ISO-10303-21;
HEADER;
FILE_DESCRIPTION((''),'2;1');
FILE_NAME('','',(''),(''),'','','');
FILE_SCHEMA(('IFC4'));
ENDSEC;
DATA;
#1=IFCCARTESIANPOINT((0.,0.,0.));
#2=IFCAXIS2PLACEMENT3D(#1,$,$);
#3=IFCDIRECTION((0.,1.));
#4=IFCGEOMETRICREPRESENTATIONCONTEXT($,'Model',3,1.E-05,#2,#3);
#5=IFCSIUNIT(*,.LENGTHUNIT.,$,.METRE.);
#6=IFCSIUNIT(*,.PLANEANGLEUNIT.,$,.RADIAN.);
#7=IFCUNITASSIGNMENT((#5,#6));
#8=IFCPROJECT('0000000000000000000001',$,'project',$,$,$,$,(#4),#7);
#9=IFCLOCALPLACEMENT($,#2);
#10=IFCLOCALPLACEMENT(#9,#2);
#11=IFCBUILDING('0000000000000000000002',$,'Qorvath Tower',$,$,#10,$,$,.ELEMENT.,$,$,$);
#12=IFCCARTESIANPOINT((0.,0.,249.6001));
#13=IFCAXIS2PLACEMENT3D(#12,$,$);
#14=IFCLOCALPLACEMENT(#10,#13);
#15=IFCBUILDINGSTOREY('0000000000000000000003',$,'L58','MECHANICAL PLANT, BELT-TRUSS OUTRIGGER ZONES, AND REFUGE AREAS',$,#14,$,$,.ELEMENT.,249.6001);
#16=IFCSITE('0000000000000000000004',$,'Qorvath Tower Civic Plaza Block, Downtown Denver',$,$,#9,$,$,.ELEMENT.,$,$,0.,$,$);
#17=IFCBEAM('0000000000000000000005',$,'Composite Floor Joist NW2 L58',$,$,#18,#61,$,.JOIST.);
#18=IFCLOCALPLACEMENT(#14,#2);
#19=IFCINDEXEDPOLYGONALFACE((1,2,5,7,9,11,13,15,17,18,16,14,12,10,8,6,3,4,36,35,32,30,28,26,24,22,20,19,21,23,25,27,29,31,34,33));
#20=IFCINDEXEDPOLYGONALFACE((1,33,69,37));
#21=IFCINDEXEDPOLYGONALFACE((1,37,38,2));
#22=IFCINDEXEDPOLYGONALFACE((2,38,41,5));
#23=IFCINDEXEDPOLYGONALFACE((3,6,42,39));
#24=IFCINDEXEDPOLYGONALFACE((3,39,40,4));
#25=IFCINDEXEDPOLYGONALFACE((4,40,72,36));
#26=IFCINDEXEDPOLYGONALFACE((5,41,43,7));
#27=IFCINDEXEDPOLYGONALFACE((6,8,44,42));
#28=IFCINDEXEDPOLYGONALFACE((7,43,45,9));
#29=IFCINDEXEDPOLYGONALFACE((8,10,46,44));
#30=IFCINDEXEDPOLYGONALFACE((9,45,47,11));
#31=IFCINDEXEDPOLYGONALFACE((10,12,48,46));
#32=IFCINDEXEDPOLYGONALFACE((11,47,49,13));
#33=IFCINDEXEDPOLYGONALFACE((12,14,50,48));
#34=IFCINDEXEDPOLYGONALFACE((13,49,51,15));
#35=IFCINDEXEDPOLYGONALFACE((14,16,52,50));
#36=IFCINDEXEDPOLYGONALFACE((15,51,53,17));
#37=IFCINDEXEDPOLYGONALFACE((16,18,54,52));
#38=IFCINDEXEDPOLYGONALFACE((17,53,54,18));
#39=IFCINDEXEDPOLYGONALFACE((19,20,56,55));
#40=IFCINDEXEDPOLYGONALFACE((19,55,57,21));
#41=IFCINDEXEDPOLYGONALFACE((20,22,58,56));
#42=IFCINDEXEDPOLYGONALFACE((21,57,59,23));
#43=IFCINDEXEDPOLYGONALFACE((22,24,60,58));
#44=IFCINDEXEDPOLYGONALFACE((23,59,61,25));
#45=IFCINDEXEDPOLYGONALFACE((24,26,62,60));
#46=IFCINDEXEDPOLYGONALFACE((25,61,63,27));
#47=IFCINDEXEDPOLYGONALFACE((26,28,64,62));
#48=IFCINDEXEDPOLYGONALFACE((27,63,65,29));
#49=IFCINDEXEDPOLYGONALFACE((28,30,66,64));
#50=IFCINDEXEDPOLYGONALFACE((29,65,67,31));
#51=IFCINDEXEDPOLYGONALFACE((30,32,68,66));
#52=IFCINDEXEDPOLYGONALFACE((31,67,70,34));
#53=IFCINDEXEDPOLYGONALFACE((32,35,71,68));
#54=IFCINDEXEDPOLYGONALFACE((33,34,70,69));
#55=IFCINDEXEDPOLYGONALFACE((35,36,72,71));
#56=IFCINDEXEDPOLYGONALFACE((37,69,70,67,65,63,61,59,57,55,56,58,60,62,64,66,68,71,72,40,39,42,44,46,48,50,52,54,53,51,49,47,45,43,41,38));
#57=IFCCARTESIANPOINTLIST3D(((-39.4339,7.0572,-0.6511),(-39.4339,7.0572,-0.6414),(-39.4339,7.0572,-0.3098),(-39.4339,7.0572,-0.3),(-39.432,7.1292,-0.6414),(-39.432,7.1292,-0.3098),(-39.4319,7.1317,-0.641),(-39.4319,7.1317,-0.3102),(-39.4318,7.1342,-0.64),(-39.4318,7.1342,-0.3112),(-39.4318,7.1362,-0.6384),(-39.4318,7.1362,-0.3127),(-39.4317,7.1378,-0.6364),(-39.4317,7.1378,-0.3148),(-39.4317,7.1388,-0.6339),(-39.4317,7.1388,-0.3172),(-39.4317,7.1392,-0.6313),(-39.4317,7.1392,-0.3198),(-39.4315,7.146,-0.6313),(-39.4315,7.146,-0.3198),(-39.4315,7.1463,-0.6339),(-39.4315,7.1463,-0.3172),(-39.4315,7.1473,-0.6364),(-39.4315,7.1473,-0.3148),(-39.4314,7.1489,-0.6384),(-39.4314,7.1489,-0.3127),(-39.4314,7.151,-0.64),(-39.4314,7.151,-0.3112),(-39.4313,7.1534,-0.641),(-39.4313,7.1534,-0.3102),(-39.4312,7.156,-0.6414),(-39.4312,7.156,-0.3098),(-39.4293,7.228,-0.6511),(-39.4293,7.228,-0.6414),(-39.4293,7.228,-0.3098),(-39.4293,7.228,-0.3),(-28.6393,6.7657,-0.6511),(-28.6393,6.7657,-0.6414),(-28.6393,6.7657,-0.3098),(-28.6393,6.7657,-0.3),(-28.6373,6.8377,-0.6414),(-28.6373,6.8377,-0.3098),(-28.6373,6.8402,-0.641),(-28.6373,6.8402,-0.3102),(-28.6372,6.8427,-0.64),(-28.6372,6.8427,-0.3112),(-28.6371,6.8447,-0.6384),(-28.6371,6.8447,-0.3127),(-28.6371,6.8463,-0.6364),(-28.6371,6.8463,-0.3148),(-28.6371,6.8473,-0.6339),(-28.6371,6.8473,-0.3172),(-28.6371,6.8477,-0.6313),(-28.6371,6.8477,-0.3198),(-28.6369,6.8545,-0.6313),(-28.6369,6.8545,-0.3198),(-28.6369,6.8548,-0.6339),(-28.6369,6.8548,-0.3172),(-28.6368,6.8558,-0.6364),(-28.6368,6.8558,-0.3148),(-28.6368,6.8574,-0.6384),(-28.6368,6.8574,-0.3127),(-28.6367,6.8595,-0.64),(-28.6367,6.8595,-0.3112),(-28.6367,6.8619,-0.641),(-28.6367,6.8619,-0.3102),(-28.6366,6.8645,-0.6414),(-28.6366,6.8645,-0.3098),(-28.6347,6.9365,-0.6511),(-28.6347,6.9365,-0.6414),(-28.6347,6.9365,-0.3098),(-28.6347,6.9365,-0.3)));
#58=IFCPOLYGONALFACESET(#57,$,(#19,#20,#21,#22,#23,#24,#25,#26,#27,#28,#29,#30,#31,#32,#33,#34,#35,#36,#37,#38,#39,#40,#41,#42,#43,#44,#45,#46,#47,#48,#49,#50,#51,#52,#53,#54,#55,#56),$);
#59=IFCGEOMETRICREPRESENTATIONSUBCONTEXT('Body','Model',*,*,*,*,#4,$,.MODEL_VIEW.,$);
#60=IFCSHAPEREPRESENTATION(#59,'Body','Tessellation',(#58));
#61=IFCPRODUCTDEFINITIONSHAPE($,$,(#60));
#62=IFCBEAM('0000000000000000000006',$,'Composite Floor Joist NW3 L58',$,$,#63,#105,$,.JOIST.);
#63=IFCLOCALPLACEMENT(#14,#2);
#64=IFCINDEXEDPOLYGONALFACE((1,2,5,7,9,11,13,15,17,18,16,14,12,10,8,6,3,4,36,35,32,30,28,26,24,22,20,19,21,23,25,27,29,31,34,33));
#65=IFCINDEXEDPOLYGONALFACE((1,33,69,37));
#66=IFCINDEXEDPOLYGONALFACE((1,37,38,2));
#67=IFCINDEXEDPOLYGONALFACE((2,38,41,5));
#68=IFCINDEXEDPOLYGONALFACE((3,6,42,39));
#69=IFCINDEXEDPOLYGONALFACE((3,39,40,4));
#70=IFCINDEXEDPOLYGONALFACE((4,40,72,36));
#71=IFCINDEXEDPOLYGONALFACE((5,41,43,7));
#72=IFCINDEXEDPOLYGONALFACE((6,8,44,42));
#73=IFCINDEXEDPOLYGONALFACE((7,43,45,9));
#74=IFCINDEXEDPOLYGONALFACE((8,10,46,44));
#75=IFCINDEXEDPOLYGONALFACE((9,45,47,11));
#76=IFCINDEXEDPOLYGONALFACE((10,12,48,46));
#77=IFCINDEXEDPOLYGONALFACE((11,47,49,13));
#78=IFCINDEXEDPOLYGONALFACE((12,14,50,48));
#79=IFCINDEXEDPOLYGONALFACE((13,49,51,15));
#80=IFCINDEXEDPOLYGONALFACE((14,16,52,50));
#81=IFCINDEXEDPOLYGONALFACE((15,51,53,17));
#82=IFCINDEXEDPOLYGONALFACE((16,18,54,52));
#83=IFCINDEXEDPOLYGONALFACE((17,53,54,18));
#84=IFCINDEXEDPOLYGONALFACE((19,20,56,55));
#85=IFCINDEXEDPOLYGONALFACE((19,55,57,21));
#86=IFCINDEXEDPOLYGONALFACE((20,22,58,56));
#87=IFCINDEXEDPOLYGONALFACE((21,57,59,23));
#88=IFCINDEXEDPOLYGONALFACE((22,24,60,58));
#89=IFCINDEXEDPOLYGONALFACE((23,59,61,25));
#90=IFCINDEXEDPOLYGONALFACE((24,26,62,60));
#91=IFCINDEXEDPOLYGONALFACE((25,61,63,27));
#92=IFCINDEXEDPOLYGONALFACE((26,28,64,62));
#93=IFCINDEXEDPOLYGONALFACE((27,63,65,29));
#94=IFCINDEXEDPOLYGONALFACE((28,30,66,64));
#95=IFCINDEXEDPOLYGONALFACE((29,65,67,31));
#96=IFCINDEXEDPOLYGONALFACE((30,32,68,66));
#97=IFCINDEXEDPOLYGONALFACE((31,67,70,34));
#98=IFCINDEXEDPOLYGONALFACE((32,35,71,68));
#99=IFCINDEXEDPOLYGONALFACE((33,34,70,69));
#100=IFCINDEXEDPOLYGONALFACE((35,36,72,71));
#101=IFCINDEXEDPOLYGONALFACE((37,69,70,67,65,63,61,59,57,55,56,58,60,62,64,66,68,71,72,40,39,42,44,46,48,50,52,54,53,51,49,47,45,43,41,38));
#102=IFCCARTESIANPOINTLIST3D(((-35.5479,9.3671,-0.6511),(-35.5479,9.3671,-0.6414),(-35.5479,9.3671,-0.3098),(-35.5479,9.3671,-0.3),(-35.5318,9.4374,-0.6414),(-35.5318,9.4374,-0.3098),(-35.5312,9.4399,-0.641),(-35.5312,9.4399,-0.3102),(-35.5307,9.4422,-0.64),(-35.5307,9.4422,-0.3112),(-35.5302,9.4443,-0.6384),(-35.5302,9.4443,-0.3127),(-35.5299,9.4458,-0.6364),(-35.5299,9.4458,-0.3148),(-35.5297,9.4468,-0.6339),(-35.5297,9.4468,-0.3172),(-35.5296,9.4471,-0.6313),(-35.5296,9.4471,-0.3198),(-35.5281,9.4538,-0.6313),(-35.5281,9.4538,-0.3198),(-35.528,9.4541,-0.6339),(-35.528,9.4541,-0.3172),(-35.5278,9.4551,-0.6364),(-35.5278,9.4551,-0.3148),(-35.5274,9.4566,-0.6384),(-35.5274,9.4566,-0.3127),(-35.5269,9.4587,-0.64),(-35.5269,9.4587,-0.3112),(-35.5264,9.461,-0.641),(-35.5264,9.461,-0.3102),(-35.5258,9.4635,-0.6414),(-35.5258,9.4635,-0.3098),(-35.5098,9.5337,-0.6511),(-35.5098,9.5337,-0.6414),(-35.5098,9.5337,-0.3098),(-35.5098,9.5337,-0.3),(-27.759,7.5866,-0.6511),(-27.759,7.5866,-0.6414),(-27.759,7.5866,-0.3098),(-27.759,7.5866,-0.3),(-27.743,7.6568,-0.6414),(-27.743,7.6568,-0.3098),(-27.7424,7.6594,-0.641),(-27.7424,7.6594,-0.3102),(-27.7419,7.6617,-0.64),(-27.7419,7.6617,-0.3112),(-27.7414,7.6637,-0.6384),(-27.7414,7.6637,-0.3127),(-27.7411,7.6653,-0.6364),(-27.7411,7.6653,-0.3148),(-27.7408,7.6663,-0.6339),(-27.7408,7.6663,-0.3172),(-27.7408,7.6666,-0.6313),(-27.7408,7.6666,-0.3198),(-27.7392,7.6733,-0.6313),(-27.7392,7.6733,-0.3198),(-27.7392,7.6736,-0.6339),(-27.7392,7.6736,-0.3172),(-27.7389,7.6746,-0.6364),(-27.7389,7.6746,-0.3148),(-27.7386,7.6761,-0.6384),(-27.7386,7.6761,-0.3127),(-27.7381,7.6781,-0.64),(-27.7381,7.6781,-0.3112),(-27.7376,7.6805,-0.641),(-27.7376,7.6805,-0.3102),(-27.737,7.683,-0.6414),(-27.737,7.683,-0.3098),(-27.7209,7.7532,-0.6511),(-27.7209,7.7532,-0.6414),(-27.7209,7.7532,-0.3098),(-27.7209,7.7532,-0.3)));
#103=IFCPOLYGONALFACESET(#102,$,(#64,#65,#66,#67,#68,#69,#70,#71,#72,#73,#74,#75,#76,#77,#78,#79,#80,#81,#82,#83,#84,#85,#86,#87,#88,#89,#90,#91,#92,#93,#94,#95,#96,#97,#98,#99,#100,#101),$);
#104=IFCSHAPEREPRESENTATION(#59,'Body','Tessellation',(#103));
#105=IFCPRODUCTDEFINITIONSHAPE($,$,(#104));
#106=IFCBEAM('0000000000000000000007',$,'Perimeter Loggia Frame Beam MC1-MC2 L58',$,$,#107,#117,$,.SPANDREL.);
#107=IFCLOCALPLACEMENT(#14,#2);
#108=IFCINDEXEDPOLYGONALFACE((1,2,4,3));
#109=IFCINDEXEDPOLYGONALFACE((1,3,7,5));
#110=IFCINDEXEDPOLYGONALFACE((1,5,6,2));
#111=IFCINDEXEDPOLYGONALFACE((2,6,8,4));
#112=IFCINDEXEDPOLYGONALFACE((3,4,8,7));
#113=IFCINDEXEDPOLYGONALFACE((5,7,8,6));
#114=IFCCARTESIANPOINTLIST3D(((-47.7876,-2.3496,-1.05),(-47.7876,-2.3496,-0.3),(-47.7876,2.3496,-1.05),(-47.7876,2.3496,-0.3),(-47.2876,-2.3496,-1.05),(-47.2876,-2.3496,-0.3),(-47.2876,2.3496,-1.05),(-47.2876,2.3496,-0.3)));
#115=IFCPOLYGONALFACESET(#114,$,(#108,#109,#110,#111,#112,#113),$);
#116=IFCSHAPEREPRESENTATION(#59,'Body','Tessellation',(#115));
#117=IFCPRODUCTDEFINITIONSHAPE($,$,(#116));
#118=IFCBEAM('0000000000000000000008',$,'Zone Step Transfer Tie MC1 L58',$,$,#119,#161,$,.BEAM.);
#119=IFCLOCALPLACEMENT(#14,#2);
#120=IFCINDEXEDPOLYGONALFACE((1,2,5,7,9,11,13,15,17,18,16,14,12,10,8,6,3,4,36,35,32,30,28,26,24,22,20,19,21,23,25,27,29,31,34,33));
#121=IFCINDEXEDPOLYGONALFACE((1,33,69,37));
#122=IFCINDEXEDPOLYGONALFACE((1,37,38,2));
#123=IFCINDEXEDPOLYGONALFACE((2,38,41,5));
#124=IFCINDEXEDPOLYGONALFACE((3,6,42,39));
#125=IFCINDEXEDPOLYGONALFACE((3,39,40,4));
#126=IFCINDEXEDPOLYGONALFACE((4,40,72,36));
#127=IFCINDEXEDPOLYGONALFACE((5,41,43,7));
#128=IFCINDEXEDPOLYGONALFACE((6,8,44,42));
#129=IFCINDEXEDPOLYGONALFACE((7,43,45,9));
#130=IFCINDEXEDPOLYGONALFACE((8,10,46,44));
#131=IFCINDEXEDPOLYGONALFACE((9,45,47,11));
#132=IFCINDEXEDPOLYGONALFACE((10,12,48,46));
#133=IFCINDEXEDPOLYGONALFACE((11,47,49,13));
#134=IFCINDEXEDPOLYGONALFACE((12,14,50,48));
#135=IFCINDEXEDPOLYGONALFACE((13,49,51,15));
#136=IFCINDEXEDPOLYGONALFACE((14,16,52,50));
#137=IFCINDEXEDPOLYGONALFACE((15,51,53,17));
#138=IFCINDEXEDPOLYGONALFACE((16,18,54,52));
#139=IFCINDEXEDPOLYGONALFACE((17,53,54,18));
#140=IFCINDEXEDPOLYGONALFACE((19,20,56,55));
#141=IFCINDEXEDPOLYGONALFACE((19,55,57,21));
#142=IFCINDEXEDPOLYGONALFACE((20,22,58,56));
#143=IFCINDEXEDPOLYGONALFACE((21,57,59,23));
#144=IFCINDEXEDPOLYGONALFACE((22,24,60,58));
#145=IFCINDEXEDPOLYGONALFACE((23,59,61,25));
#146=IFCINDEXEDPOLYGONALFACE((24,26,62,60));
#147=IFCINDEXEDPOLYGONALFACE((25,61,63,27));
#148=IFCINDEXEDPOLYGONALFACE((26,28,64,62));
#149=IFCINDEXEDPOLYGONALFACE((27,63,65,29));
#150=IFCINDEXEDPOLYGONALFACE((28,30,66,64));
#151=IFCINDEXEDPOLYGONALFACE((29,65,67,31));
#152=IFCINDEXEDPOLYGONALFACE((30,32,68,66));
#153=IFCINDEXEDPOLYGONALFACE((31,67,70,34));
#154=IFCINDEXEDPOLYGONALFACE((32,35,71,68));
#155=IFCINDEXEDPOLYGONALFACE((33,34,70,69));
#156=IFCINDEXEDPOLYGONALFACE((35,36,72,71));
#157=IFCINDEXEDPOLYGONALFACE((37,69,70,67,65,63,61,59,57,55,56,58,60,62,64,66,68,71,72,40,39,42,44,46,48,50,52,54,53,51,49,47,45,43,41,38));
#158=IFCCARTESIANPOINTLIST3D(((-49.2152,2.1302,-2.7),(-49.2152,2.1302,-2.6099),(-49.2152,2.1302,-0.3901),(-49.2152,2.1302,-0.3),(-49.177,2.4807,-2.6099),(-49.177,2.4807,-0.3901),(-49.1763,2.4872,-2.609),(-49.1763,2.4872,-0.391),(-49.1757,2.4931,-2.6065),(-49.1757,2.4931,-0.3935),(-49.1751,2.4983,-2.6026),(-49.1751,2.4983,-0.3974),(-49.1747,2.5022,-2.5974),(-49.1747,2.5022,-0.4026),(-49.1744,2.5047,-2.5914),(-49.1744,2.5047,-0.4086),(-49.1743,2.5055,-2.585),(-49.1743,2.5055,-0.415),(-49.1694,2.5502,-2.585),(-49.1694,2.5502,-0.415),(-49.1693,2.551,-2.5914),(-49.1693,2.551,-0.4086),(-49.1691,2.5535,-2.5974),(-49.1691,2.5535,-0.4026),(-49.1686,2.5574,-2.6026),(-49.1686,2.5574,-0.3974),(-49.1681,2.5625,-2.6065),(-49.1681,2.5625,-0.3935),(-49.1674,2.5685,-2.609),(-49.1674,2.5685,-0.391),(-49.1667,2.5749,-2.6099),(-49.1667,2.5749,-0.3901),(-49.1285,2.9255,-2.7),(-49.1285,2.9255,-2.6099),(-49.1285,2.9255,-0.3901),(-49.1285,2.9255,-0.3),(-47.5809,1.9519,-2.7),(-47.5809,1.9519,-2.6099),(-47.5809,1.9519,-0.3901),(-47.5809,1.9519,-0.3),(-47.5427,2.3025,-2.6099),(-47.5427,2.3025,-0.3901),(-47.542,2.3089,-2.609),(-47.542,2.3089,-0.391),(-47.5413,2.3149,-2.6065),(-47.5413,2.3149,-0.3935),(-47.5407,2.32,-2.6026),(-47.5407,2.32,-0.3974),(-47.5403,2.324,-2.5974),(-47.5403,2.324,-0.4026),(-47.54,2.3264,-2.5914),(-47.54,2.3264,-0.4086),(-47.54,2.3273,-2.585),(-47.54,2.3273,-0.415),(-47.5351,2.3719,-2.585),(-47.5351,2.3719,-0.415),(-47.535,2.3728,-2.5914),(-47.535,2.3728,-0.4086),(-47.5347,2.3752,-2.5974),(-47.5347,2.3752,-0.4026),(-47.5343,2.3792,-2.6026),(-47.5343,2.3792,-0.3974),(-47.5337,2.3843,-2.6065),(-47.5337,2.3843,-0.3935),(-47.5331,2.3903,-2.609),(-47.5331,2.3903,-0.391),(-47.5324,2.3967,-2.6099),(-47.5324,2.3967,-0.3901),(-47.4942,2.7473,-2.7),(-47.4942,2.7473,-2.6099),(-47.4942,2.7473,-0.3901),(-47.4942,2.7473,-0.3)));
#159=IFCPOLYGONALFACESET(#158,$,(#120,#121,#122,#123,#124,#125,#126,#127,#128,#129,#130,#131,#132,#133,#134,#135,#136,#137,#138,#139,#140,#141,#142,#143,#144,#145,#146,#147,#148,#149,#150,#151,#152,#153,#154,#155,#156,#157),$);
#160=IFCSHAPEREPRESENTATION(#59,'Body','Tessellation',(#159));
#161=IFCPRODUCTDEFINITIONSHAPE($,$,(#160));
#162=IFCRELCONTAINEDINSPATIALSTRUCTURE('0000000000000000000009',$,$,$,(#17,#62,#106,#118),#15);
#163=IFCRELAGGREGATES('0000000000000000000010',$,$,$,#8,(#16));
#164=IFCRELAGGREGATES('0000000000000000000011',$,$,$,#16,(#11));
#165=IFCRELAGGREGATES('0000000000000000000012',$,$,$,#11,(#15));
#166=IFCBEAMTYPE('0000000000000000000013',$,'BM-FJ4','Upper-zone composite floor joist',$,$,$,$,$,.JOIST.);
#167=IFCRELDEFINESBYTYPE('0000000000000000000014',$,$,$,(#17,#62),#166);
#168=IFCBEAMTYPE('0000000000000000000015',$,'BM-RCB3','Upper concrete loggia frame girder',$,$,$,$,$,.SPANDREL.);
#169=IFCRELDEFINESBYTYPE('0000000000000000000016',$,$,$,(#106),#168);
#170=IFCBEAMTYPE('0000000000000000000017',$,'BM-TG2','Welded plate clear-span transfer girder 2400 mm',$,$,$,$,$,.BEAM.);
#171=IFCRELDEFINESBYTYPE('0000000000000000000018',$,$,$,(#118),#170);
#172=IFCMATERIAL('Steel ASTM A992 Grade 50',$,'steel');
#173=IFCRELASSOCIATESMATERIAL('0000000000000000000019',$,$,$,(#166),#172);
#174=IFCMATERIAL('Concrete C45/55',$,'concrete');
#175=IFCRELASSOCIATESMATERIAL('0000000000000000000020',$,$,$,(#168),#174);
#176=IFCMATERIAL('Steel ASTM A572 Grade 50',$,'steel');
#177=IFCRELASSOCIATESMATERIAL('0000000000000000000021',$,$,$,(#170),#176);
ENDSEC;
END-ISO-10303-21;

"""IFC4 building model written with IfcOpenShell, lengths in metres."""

from ifc_helpers import new_model, si_unit, direction, frame, origin, origin_2d, place, context, subcontext, project, spatial, rectangle, i_section, extrude, material, material_profile, profile_set, type_object, element, save


model = new_model("IFC4")

# Units and contexts
model_context = context("Model", 3, precision=1e-05, world=origin(), true_north=direction((0.0, 1.0)))
body_context = subcontext(model_context, "Body", "Model", "MODEL_VIEW")
ifc_project = project(units=[si_unit("LENGTHUNIT", "METRE"), si_unit("PLANEANGLEUNIT", "RADIAN")], contexts=[model_context])

# Site, building, storey
site_placement = place(None, origin())
site = spatial("IfcSite", under=ifc_project, at=site_placement, Name="Qorvath Tower Civic Plaza Block, Downtown Denver", CompositionType="ELEMENT", RefElevation=0.0)
building_placement = place(site_placement, origin())
building = spatial("IfcBuilding", under=site, at=building_placement, Name="Qorvath Tower", CompositionType="ELEMENT")
storey_placement = place(building_placement, frame((0.0, 0.0, 249.6001)))
storey = spatial("IfcBuildingStorey", under=building, at=storey_placement, Name="L58", Description="MECHANICAL PLANT, BELT-TRUSS OUTRIGGER ZONES, AND REFUGE AREAS", CompositionType="ELEMENT", Elevation=249.6001)

# Beams
ifc_material_1 = material(Name="Steel ASTM A992 Grade 50", Category="steel")
ifc_material_profile_1 = material_profile(ifc_material_1, i_section(OverallWidth=0.1709, OverallDepth=0.3511, WebThickness=0.0068, FlangeThickness=0.0098, FilletRadius=0.01, at=origin_2d()), Name="W14x30")
ifc_profile_set_1 = profile_set([ifc_material_profile_1], Name="Steel ASTM A992 Grade 50")
beam_type_1 = type_object("IfcBeamType", Name="BM-FJ4", Description="Upper-zone composite floor joist", PredefinedType="JOIST", material=ifc_profile_set_1)
beam_1_placement = place(storey_placement, frame((-28.637, 6.8511, -0.4756), z_axis=(-0.999636, 0.026995, 0.0), x_axis=(-0.026995, -0.999636, 0.0)))
element("IfcBeam", 1, at=beam_1_placement, inside=storey, type_object=beam_type_1, Name="Composite Floor Joist NW2 L58", PredefinedType="JOIST", context=body_context, shape_type="SweptSolid", body=[
    extrude(i_section(OverallWidth=0.1709, OverallDepth=0.3511, WebThickness=0.0068, FlangeThickness=0.0098, FilletRadius=0.01, at=origin_2d()), origin(), (0.0, 0.0, 1.0), 10.7986),
])
beam_2_placement = place(storey_placement, frame((-27.74, 7.6699, -0.4756), z_axis=(-0.974853, 0.222851, 0.0), x_axis=(-0.222851, -0.974853, 0.0)))
element("IfcBeam", 2, at=beam_2_placement, inside=storey, type_object=beam_type_1, Name="Composite Floor Joist NW3 L58", PredefinedType="JOIST", context=body_context, shape_type="SweptSolid", body=[
    extrude(i_section(OverallWidth=0.1709, OverallDepth=0.3511, WebThickness=0.0068, FlangeThickness=0.0098, FilletRadius=0.01, at=origin_2d()), origin(), (0.0, 0.0, 1.0), 7.9897),
])
ifc_material_2 = material(Name="Concrete C45/55", Category="concrete")
ifc_material_profile_2 = material_profile(ifc_material_2, rectangle(XDim=0.5, YDim=0.75, at=origin_2d()), Name="RCB 750x500")
ifc_profile_set_2 = profile_set([ifc_material_profile_2], Name="Concrete C45/55")
beam_type_2 = type_object("IfcBeamType", Name="BM-RCB3", Description="Upper concrete loggia frame girder", PredefinedType="SPANDREL", material=ifc_profile_set_2)
beam_3_placement = place(storey_placement, frame((-47.5376, 2.3496, -0.675), z_axis=(0.0, -1.0, 0.0), x_axis=(1.0, 0.0, 0.0)))
element("IfcBeam", 3, at=beam_3_placement, inside=storey, type_object=beam_type_2, Name="Perimeter Loggia Frame Beam MC1-MC2 L58", PredefinedType="SPANDREL", context=body_context, shape_type="SweptSolid", body=[
    extrude(rectangle(XDim=0.5, YDim=0.75, at=origin_2d()), origin(), (0.0, 0.0, 1.0), 4.6992),
])
ifc_material_3 = material(Name="Steel ASTM A572 Grade 50", Category="steel")
ifc_material_profile_3 = material_profile(ifc_material_3, i_section(OverallWidth=0.8, OverallDepth=2.3999, WebThickness=0.0449, FlangeThickness=0.0901, FilletRadius=0.0249, at=origin_2d()), Name="WTG 2400x800")
ifc_profile_set_3 = profile_set([ifc_material_profile_3], Name="Steel ASTM A572 Grade 50")
beam_type_3 = type_object("IfcBeamType", Name="BM-TG2", Description="Welded plate clear-span transfer girder 2400 mm", PredefinedType="BEAM", material=ifc_profile_set_3)
beam_4_placement = place(storey_placement, frame((-49.1719, 2.5278, -1.5), z_axis=(0.994106, -0.10841, 0.0), x_axis=(0.10841, 0.994106, 0.0)))
element("IfcBeam", 4, at=beam_4_placement, inside=storey, type_object=beam_type_3, Name="Zone Step Transfer Tie MC1 L58", PredefinedType="BEAM", context=body_context, shape_type="SweptSolid", body=[
    extrude(i_section(OverallWidth=0.8, OverallDepth=2.3999, WebThickness=0.0449, FlangeThickness=0.0901, FilletRadius=0.0249, at=origin_2d()), origin(), (0.0, 0.0, 1.0), 1.644),
])

save(model, "model.ifc")
